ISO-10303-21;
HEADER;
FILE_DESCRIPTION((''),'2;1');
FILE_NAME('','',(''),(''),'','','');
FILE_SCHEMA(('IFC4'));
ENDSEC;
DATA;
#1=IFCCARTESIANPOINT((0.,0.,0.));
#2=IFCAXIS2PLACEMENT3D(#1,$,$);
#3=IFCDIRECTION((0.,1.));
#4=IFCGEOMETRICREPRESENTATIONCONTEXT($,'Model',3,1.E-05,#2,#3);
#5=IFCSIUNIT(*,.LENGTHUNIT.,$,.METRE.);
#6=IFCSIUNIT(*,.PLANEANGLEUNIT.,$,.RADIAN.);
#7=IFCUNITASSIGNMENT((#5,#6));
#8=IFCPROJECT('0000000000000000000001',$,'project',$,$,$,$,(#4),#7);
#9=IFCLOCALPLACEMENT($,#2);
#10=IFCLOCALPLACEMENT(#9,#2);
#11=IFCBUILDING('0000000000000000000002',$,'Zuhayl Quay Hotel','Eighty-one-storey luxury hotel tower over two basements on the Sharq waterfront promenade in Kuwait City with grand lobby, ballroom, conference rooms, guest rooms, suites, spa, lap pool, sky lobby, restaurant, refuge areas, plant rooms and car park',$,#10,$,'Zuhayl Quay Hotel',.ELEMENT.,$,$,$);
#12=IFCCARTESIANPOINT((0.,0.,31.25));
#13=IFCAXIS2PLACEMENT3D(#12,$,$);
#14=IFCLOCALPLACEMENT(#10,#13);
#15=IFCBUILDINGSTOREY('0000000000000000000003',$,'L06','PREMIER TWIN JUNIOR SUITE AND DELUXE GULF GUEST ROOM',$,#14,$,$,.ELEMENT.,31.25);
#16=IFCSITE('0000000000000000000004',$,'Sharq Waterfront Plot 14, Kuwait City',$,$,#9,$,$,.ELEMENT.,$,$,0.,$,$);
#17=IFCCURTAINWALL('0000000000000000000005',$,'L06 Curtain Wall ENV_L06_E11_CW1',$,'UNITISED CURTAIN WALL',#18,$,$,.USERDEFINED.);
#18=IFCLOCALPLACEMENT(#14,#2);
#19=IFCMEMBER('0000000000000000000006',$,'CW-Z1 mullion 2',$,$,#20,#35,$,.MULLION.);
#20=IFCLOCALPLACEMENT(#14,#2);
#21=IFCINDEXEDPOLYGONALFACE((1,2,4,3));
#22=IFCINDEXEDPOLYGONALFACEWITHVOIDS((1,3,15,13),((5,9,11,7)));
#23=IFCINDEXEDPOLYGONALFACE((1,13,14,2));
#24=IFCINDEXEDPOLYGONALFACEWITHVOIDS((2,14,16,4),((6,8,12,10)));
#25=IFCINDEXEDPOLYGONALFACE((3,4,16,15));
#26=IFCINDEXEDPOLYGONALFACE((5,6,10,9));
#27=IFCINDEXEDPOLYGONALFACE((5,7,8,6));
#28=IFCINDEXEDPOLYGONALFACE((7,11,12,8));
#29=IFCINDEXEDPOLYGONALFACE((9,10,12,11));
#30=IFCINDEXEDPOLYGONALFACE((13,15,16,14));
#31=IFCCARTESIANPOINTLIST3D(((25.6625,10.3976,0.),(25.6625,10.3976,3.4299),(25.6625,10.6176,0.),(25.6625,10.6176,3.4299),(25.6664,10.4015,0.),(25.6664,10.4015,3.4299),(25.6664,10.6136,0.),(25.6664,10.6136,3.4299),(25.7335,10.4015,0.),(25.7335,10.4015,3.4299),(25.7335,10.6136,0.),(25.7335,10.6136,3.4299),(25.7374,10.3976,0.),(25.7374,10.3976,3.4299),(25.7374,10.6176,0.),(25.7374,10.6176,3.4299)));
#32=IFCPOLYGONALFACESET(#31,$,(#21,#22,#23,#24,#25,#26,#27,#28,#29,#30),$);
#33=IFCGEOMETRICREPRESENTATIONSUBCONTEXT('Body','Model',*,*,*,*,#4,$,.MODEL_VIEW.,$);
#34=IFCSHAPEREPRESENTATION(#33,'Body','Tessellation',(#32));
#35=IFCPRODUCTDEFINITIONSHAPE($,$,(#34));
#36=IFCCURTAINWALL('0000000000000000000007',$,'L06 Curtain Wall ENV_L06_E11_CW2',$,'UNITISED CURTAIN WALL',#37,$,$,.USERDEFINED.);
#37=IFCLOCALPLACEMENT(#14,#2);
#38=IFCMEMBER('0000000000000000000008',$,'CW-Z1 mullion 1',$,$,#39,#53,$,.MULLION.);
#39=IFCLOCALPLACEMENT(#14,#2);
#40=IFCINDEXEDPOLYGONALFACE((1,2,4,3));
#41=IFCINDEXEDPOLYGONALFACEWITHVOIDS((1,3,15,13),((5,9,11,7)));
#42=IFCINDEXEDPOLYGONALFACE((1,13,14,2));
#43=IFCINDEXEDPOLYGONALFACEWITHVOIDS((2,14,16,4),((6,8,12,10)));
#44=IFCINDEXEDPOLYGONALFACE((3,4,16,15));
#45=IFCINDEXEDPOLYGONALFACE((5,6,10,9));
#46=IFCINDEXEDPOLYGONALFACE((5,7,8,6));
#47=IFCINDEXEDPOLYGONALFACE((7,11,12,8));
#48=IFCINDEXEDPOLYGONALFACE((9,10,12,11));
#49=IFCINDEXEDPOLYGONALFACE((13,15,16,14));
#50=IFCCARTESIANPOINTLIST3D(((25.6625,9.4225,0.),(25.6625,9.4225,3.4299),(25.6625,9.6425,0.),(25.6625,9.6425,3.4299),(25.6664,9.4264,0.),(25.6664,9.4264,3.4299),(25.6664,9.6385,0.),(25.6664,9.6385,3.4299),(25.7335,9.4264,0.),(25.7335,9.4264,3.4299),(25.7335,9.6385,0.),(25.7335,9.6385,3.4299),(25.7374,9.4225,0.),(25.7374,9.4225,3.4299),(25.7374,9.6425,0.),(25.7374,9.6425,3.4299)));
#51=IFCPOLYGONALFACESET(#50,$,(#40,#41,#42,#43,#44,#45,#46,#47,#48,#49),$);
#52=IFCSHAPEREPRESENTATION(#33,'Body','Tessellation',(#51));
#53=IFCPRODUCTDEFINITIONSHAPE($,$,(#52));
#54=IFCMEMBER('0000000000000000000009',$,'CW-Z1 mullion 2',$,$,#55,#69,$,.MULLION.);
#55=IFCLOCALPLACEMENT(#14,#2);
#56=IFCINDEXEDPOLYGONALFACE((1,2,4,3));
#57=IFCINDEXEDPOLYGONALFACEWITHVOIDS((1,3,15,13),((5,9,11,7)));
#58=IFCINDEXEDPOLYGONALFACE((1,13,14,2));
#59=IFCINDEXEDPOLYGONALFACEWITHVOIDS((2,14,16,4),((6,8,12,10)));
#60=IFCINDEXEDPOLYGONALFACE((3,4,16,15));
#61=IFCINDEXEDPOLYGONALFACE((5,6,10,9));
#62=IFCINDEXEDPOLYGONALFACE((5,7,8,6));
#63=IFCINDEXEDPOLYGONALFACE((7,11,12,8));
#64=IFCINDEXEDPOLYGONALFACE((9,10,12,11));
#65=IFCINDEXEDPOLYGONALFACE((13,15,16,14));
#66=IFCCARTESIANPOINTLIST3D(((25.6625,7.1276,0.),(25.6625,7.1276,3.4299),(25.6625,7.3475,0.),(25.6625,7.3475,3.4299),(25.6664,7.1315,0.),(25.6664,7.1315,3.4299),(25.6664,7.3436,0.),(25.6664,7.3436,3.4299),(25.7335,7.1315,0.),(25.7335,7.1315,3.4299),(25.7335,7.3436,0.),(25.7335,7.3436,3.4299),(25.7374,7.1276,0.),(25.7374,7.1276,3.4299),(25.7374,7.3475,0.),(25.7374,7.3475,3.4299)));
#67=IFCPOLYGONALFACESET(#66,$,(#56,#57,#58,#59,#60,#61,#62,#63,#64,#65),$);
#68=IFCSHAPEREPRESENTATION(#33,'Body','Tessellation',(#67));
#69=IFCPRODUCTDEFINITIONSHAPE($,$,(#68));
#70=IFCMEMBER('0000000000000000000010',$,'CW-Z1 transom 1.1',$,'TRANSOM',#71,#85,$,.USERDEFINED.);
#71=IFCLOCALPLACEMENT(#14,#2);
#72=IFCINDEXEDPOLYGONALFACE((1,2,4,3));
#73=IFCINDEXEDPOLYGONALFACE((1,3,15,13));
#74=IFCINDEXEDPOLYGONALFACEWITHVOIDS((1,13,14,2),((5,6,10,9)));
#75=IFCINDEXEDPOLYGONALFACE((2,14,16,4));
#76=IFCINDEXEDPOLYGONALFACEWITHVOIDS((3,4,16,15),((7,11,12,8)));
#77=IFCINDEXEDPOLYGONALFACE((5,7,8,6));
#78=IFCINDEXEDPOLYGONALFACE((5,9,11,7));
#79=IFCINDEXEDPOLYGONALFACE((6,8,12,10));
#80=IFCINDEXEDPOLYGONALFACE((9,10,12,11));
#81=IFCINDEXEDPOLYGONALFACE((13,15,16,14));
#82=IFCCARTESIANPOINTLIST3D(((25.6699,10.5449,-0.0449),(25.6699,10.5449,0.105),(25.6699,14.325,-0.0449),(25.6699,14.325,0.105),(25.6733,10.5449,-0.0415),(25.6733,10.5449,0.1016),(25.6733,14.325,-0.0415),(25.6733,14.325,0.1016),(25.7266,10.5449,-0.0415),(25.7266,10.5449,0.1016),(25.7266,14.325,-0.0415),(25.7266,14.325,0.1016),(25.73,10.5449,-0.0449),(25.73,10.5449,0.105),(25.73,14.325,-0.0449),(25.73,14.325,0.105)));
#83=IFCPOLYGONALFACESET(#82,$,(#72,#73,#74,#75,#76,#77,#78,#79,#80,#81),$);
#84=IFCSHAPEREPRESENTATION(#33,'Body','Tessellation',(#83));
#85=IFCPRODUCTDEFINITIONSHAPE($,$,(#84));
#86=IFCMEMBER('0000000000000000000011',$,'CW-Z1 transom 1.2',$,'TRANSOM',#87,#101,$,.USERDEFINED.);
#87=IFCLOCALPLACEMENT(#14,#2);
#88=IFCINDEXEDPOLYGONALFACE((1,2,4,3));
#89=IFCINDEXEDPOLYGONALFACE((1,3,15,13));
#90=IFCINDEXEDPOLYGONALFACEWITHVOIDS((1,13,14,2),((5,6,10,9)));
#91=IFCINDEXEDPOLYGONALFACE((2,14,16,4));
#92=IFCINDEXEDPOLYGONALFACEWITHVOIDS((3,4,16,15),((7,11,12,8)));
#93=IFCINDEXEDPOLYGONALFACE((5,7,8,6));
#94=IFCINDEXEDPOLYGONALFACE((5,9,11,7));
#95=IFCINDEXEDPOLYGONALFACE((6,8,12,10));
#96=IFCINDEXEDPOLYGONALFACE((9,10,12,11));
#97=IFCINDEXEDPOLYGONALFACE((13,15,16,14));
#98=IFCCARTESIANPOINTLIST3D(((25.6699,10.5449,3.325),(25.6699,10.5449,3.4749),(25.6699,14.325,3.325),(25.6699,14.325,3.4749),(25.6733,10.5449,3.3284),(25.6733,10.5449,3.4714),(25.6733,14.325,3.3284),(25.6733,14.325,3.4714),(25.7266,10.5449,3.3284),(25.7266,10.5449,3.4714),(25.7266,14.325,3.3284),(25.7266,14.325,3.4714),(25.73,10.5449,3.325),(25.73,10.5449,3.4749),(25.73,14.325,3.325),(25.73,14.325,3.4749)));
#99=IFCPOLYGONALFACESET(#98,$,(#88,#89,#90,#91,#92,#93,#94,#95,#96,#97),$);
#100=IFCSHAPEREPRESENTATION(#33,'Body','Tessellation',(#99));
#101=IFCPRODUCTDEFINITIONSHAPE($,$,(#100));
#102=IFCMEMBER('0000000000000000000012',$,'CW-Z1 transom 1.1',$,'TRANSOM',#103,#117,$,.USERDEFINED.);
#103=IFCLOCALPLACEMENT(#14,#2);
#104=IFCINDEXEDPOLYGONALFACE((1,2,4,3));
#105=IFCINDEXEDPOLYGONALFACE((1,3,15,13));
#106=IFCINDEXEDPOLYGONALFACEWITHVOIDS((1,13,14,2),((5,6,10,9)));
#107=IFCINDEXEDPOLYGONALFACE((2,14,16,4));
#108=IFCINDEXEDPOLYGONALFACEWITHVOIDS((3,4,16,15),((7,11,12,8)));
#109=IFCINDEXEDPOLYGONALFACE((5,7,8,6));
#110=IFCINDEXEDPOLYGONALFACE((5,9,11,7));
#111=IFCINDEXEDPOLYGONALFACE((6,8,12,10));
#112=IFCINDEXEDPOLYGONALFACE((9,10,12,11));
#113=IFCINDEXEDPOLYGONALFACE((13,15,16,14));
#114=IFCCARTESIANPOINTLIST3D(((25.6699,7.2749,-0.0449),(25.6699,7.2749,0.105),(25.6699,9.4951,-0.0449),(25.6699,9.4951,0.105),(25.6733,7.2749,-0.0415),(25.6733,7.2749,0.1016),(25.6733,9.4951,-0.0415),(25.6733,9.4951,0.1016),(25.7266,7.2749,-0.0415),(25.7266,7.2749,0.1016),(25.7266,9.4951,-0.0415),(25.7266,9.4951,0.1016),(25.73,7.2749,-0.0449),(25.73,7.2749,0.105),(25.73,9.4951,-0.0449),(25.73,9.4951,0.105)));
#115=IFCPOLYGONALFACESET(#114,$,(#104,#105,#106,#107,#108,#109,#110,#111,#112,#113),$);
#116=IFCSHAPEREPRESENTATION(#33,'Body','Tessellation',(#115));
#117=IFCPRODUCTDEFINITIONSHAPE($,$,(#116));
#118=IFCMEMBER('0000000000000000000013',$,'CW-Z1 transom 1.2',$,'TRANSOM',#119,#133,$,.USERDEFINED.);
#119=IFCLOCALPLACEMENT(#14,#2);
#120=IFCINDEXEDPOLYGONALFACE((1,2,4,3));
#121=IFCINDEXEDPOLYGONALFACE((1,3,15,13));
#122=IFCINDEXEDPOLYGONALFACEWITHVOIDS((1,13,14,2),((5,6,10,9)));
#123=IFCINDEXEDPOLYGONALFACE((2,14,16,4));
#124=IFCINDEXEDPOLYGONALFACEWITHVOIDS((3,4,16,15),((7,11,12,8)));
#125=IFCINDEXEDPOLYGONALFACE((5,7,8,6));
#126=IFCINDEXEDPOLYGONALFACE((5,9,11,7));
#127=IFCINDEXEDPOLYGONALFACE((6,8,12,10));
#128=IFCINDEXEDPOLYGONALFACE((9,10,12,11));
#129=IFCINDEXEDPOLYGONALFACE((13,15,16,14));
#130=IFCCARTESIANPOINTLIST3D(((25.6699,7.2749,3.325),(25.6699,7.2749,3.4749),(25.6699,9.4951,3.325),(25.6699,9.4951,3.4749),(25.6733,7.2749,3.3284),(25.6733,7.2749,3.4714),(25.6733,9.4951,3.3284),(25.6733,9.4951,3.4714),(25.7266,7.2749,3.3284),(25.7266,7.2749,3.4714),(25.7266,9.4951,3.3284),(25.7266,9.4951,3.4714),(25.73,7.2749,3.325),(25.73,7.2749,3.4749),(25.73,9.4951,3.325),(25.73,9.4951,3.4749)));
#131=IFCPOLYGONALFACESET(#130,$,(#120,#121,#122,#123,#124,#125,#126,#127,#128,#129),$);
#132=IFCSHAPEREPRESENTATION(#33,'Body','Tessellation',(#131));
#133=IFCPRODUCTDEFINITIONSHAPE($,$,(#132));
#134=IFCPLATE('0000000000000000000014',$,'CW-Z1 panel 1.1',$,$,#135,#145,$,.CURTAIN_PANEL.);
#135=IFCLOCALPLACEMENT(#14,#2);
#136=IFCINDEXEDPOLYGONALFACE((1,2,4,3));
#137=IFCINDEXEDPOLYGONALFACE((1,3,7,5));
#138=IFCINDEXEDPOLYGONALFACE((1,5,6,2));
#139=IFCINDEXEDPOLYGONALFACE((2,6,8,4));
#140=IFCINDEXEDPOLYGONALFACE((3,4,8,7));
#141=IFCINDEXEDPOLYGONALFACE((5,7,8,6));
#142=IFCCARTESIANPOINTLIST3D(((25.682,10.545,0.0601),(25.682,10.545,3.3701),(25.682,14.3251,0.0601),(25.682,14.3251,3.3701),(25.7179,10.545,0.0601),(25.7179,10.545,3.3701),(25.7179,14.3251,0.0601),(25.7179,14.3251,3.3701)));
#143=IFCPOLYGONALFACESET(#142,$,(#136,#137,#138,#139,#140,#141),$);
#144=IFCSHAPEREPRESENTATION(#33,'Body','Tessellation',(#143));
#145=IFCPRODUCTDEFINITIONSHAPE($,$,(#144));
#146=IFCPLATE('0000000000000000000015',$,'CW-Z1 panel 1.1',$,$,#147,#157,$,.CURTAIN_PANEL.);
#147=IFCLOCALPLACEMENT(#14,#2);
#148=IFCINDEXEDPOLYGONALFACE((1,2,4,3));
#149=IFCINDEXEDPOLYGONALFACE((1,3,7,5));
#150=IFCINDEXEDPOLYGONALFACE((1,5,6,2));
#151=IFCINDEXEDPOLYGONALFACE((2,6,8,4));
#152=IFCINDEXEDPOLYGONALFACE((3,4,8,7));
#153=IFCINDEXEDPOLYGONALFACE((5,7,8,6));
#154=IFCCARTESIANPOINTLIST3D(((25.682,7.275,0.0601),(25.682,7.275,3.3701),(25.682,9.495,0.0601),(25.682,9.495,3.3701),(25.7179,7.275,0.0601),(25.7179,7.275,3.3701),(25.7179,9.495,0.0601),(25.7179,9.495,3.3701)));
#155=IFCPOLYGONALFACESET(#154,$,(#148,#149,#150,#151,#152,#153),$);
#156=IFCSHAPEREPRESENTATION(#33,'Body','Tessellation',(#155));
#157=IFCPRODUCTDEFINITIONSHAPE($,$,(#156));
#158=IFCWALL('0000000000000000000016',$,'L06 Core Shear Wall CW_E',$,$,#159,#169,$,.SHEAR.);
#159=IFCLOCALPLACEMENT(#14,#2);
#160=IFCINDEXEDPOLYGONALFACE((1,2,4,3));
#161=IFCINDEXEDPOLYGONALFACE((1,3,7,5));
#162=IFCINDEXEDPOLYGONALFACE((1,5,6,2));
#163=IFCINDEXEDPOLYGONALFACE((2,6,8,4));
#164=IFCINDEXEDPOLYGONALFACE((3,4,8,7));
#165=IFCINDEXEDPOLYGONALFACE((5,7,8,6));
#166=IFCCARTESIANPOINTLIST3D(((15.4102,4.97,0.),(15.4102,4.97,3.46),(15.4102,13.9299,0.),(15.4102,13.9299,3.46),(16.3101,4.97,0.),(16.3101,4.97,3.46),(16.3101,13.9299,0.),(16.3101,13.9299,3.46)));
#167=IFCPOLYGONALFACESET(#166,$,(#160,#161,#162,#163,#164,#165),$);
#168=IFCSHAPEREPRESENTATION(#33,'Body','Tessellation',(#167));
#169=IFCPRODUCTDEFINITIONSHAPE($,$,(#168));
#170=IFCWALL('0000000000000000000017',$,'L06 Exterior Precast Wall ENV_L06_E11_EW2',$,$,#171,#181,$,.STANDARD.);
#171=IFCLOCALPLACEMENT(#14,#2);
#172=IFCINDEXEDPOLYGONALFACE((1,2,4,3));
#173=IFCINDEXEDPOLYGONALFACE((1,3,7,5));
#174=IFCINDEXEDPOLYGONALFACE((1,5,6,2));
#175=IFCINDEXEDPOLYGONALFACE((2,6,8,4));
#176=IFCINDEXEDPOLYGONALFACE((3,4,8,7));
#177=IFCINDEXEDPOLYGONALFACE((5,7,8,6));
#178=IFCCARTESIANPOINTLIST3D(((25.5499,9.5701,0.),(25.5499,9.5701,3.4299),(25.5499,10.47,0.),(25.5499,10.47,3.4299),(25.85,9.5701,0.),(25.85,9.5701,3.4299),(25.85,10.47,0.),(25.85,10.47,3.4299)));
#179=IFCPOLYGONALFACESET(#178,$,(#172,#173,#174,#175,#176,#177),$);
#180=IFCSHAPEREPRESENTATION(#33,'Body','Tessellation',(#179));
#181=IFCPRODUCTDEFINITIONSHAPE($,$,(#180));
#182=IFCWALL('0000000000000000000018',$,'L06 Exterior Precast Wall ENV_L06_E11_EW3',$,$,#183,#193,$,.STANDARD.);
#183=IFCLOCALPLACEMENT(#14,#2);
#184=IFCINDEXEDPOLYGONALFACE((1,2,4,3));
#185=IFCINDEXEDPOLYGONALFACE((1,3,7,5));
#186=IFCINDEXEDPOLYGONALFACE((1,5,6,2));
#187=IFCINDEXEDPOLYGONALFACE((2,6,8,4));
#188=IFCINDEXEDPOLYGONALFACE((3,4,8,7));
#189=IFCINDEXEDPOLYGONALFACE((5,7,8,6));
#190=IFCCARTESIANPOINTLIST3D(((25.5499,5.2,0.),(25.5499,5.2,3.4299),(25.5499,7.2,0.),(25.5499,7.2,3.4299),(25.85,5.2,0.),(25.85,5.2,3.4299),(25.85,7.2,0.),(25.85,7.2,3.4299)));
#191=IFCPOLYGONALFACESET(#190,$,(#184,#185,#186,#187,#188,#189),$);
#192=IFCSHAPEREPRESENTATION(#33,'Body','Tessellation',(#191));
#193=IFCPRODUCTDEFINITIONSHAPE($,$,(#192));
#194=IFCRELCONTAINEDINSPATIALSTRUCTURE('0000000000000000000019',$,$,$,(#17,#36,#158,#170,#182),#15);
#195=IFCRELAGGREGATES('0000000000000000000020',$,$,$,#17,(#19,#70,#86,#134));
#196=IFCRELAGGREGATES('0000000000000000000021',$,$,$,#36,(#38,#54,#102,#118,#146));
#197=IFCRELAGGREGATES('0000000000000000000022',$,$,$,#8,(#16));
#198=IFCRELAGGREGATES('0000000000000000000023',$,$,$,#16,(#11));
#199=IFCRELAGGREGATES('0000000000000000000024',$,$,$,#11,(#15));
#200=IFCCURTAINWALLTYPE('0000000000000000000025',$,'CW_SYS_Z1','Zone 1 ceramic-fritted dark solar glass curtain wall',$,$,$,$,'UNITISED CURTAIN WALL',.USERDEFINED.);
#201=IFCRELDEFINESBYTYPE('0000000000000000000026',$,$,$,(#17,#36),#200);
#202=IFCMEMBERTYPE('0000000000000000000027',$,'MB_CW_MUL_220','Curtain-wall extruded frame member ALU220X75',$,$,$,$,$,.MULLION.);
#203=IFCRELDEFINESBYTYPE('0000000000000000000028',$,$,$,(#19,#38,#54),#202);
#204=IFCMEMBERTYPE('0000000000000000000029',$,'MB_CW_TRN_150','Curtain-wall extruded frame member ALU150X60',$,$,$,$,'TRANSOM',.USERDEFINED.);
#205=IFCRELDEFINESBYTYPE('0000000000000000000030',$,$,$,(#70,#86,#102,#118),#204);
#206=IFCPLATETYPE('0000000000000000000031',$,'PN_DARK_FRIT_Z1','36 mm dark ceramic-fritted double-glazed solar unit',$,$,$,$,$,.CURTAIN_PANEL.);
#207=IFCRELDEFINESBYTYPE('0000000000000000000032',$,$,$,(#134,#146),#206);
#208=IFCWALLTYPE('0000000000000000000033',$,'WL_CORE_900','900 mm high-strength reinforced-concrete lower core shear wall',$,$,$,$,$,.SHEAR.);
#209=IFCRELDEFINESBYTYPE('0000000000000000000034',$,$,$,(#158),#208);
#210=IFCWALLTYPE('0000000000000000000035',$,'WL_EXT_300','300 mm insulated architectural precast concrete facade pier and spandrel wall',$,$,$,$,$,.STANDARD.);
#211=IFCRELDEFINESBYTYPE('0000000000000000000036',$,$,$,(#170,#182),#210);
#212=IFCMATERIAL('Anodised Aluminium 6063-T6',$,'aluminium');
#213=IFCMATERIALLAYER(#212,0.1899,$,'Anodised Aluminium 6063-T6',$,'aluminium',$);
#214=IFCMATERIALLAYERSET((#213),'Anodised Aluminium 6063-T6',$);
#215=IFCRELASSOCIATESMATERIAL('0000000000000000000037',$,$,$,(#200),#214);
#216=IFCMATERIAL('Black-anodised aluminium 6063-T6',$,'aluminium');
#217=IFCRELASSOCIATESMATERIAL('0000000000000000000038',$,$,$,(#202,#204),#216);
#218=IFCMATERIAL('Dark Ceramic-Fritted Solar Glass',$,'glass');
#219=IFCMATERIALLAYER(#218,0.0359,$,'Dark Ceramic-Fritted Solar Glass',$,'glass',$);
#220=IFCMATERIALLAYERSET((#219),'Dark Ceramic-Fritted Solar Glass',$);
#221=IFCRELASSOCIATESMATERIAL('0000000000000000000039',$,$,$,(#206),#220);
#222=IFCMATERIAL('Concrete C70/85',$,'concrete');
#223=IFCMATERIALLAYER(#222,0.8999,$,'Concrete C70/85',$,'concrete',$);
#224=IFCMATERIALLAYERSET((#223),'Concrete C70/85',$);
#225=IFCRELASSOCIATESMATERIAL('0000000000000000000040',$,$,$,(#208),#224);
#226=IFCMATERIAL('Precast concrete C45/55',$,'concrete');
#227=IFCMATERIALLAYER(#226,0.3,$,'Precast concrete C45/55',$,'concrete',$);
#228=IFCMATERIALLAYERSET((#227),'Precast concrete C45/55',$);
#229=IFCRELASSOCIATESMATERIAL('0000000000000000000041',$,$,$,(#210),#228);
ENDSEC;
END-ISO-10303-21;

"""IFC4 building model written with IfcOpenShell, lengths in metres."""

from ifc_helpers import new_model, si_unit, direction, frame, frame_2d, origin, origin_2d, place, context, subcontext, project, spatial, rectangle, hollow_rectangle, extrude, material, layer, layer_set, material_profile, profile_set, type_object, element, aggregate, save


model = new_model("IFC4")

# Units and contexts
model_context = context("Model", 3, precision=1e-05, world=origin(), true_north=direction((0.0, 1.0)))
body_context = subcontext(model_context, "Body", "Model", "MODEL_VIEW")
ifc_project = project(units=[si_unit("LENGTHUNIT", "METRE"), si_unit("PLANEANGLEUNIT", "RADIAN")], contexts=[model_context])

# Site, building, storey
site_placement = place(None, origin())
site = spatial("IfcSite", under=ifc_project, at=site_placement, Name="Sharq Waterfront Plot 14, Kuwait City", CompositionType="ELEMENT", RefElevation=0.0)
building_placement = place(site_placement, origin())
building = spatial("IfcBuilding", under=site, at=building_placement, Name="Zuhayl Quay Hotel", Description="Eighty-one-storey luxury hotel tower over two basements on the Sharq waterfront promenade in Kuwait City with grand lobby, ballroom, conference rooms, guest rooms, suites, spa, lap pool, sky lobby, restaurant, refuge areas, plant rooms and car park", LongName="Zuhayl Quay Hotel", CompositionType="ELEMENT")
storey_placement = place(building_placement, frame((0.0, 0.0, 31.25)))
storey = spatial("IfcBuildingStorey", under=building, at=storey_placement, Name="L06", Description="PREMIER TWIN JUNIOR SUITE AND DELUXE GULF GUEST ROOM", CompositionType="ELEMENT", Elevation=31.25)

# Curtain wall, member
ifc_material_1 = material(Name="Anodised Aluminium 6063-T6", Category="aluminium")
ifc_layer_1 = layer(ifc_material_1, 0.1899, Name="Anodised Aluminium 6063-T6", Category="aluminium")
ifc_layer_set_1 = layer_set([ifc_layer_1], Name="Anodised Aluminium 6063-T6")
curtain_wall_type = type_object("IfcCurtainWallType", Name="CW_SYS_Z1", Description="Zone 1 ceramic-fritted dark solar glass curtain wall", ElementType="UNITISED CURTAIN WALL", PredefinedType="USERDEFINED", material=ifc_layer_set_1)
curtain_wall_1_placement = place(storey_placement, origin())
curtain_wall_1 = element("IfcCurtainWall", 1, at=curtain_wall_1_placement, inside=storey, type_object=curtain_wall_type, Name="L06 Curtain Wall ENV_L06_E11_CW1", ObjectType="UNITISED CURTAIN WALL", PredefinedType="USERDEFINED")
ifc_material_2 = material(Name="Black-anodised aluminium 6063-T6", Category="aluminium")
ifc_material_profile_1 = material_profile(ifc_material_2, hollow_rectangle(XDim=0.075, YDim=0.22, WallThickness=0.0039, at=origin_2d()), Name="ALU220X75")
ifc_profile_set_1 = profile_set([ifc_material_profile_1], Name="Black-anodised aluminium 6063-T6")
member_type_1 = type_object("IfcMemberType", Name="MB_CW_MUL_220", Description="Curtain-wall extruded frame member ALU220X75", PredefinedType="MULLION", material=ifc_profile_set_1)
member_1_placement = place(storey_placement, frame((25.7, 10.5076, 0.0), z_axis=(0.0, 0.0, 1.0), x_axis=(1.0, 0.0, 0.0)))
member_1 = element("IfcMember", 2, at=member_1_placement, type_object=member_type_1, Name="CW-Z1 mullion 2", PredefinedType="MULLION", context=body_context, shape_type="SweptSolid", body=[
    extrude(hollow_rectangle(XDim=0.075, YDim=0.22, WallThickness=0.0039, at=origin_2d()), origin(), (0.0, 0.0, 1.0), 3.4299),
])

# Curtain wall, members
curtain_wall_2_placement = place(storey_placement, origin())
curtain_wall_2 = element("IfcCurtainWall", 3, at=curtain_wall_2_placement, inside=storey, type_object=curtain_wall_type, Name="L06 Curtain Wall ENV_L06_E11_CW2", ObjectType="UNITISED CURTAIN WALL", PredefinedType="USERDEFINED")
member_2_placement = place(storey_placement, frame((25.7, 9.5325, 0.0), z_axis=(0.0, 0.0, 1.0), x_axis=(1.0, 0.0, 0.0)))
member_2 = element("IfcMember", 4, at=member_2_placement, type_object=member_type_1, Name="CW-Z1 mullion 1", PredefinedType="MULLION", context=body_context, shape_type="SweptSolid", body=[
    extrude(hollow_rectangle(XDim=0.075, YDim=0.22, WallThickness=0.0039, at=origin_2d()), origin(), (0.0, 0.0, 1.0), 3.4299),
])
member_3_placement = place(storey_placement, frame((25.7, 7.2375, 0.0), z_axis=(0.0, 0.0, 1.0), x_axis=(1.0, 0.0, 0.0)))
member_3 = element("IfcMember", 5, at=member_3_placement, type_object=member_type_1, Name="CW-Z1 mullion 2", PredefinedType="MULLION", context=body_context, shape_type="SweptSolid", body=[
    extrude(hollow_rectangle(XDim=0.075, YDim=0.22, WallThickness=0.0039, at=origin_2d()), origin(), (0.0, 0.0, 1.0), 3.4299),
])

# Members
ifc_material_profile_2 = material_profile(ifc_material_2, hollow_rectangle(XDim=0.0601, YDim=0.1499, WallThickness=0.0034, at=origin_2d()), Name="ALU150X60")
ifc_profile_set_2 = profile_set([ifc_material_profile_2], Name="Black-anodised aluminium 6063-T6")
member_type_2 = type_object("IfcMemberType", Name="MB_CW_TRN_150", Description="Curtain-wall extruded frame member ALU150X60", ElementType="TRANSOM", PredefinedType="USERDEFINED", material=ifc_profile_set_2)
member_4_placement = place(storey_placement, frame((25.7, 14.325, 0.03), z_axis=(0.0, -1.0, 0.0), x_axis=(1.0, 0.0, 0.0)))
member_4 = element("IfcMember", 6, at=member_4_placement, type_object=member_type_2, Name="CW-Z1 transom 1.1", ObjectType="TRANSOM", PredefinedType="USERDEFINED", context=body_context, shape_type="SweptSolid", body=[
    extrude(hollow_rectangle(XDim=0.0601, YDim=0.1499, WallThickness=0.0034, at=origin_2d()), origin(), (0.0, 0.0, 1.0), 3.78),
])
member_5_placement = place(storey_placement, frame((25.7, 14.325, 3.3999), z_axis=(0.0, -1.0, 0.0), x_axis=(1.0, 0.0, 0.0)))
member_5 = element("IfcMember", 7, at=member_5_placement, type_object=member_type_2, Name="CW-Z1 transom 1.2", ObjectType="TRANSOM", PredefinedType="USERDEFINED", context=body_context, shape_type="SweptSolid", body=[
    extrude(hollow_rectangle(XDim=0.0601, YDim=0.1499, WallThickness=0.0034, at=origin_2d()), origin(), (0.0, 0.0, 1.0), 3.78),
])
member_6_placement = place(storey_placement, frame((25.7, 9.4951, 0.03), z_axis=(0.0, -1.0, 0.0), x_axis=(1.0, 0.0, 0.0)))
member_6 = element("IfcMember", 8, at=member_6_placement, type_object=member_type_2, Name="CW-Z1 transom 1.1", ObjectType="TRANSOM", PredefinedType="USERDEFINED", context=body_context, shape_type="SweptSolid", body=[
    extrude(hollow_rectangle(XDim=0.0601, YDim=0.1499, WallThickness=0.0034, at=origin_2d()), origin(), (0.0, 0.0, 1.0), 2.2202),
])
member_7_placement = place(storey_placement, frame((25.7, 9.4951, 3.3999), z_axis=(0.0, -1.0, 0.0), x_axis=(1.0, 0.0, 0.0)))
member_7 = element("IfcMember", 9, at=member_7_placement, type_object=member_type_2, Name="CW-Z1 transom 1.2", ObjectType="TRANSOM", PredefinedType="USERDEFINED", context=body_context, shape_type="SweptSolid", body=[
    extrude(hollow_rectangle(XDim=0.0601, YDim=0.1499, WallThickness=0.0034, at=origin_2d()), origin(), (0.0, 0.0, 1.0), 2.2202),
])

# Plates
ifc_material_3 = material(Name="Dark Ceramic-Fritted Solar Glass", Category="glass")
ifc_layer_2 = layer(ifc_material_3, 0.0359, Name="Dark Ceramic-Fritted Solar Glass", Category="glass")
ifc_layer_set_2 = layer_set([ifc_layer_2], Name="Dark Ceramic-Fritted Solar Glass")
plate_type = type_object("IfcPlateType", Name="PN_DARK_FRIT_Z1", Description="36 mm dark ceramic-fritted double-glazed solar unit", PredefinedType="CURTAIN_PANEL", material=ifc_layer_set_2)
plate_1_placement = place(storey_placement, frame((25.7, 12.4351, 0.0601), z_axis=(0.0, 0.0, 1.0), x_axis=(0.0, -1.0, 0.0)))
plate_1 = element("IfcPlate", 10, at=plate_1_placement, type_object=plate_type, Name="CW-Z1 panel 1.1", PredefinedType="CURTAIN_PANEL", context=body_context, shape_type="SweptSolid", body=[
    extrude(rectangle(XDim=3.78, YDim=0.0359, at=origin_2d()), origin(), (0.0, 0.0, 1.0), 3.3101),
])
aggregate(curtain_wall_1, [member_1, member_4, member_5, plate_1])
plate_2_placement = place(storey_placement, frame((25.7, 8.385, 0.0601), z_axis=(0.0, 0.0, 1.0), x_axis=(0.0, -1.0, 0.0)))
plate_2 = element("IfcPlate", 11, at=plate_2_placement, type_object=plate_type, Name="CW-Z1 panel 1.1", PredefinedType="CURTAIN_PANEL", context=body_context, shape_type="SweptSolid", body=[
    extrude(rectangle(XDim=2.22, YDim=0.0359, at=origin_2d()), origin(), (0.0, 0.0, 1.0), 3.3101),
])
aggregate(curtain_wall_2, [member_2, member_3, member_6, member_7, plate_2])

# Walls
ifc_material_4 = material(Name="Concrete C70/85", Category="concrete")
ifc_layer_3 = layer(ifc_material_4, 0.8999, Name="Concrete C70/85", Category="concrete")
ifc_layer_set_3 = layer_set([ifc_layer_3], Name="Concrete C70/85")
wall_type_1 = type_object("IfcWallType", Name="WL_CORE_900", Description="900 mm high-strength reinforced-concrete lower core shear wall", PredefinedType="SHEAR", material=ifc_layer_set_3)
wall_1_placement = place(storey_placement, frame((15.8601, 4.97, 0.0), z_axis=(0.0, 0.0, 1.0), x_axis=(0.0, 1.0, 0.0)))
element("IfcWall", 12, at=wall_1_placement, inside=storey, type_object=wall_type_1, Name="L06 Core Shear Wall CW_E", PredefinedType="SHEAR", context=body_context, shape_type="SweptSolid", body=[
    extrude(rectangle(XDim=8.96, YDim=0.8999, at=frame_2d((4.48, 0.0))), origin(), (0.0, 0.0, 1.0), 3.46),
])
ifc_material_5 = material(Name="Precast concrete C45/55", Category="concrete")
ifc_layer_4 = layer(ifc_material_5, 0.3, Name="Precast concrete C45/55", Category="concrete")
ifc_layer_set_4 = layer_set([ifc_layer_4], Name="Precast concrete C45/55")
wall_type_2 = type_object("IfcWallType", Name="WL_EXT_300", Description="300 mm insulated architectural precast concrete facade pier and spandrel wall", PredefinedType="STANDARD", material=ifc_layer_set_4)
wall_2_placement = place(storey_placement, frame((25.7, 10.47, 0.0), z_axis=(0.0, 0.0, 1.0), x_axis=(0.0, -1.0, 0.0)))
element("IfcWall", 13, at=wall_2_placement, inside=storey, type_object=wall_type_2, Name="L06 Exterior Precast Wall ENV_L06_E11_EW2", PredefinedType="STANDARD", context=body_context, shape_type="SweptSolid", body=[
    extrude(rectangle(XDim=0.8999, YDim=0.3, at=frame_2d((0.45, 0.0))), origin(), (0.0, 0.0, 1.0), 3.4299),
])
wall_3_placement = place(storey_placement, frame((25.7, 7.2, 0.0), z_axis=(0.0, 0.0, 1.0), x_axis=(0.0, -1.0, 0.0)))
element("IfcWall", 14, at=wall_3_placement, inside=storey, type_object=wall_type_2, Name="L06 Exterior Precast Wall ENV_L06_E11_EW3", PredefinedType="STANDARD", context=body_context, shape_type="SweptSolid", body=[
    extrude(rectangle(XDim=2.0, YDim=0.3, at=frame_2d((1.0, 0.0))), origin(), (0.0, 0.0, 1.0), 3.4299),
])

save(model, "model.ifc")
